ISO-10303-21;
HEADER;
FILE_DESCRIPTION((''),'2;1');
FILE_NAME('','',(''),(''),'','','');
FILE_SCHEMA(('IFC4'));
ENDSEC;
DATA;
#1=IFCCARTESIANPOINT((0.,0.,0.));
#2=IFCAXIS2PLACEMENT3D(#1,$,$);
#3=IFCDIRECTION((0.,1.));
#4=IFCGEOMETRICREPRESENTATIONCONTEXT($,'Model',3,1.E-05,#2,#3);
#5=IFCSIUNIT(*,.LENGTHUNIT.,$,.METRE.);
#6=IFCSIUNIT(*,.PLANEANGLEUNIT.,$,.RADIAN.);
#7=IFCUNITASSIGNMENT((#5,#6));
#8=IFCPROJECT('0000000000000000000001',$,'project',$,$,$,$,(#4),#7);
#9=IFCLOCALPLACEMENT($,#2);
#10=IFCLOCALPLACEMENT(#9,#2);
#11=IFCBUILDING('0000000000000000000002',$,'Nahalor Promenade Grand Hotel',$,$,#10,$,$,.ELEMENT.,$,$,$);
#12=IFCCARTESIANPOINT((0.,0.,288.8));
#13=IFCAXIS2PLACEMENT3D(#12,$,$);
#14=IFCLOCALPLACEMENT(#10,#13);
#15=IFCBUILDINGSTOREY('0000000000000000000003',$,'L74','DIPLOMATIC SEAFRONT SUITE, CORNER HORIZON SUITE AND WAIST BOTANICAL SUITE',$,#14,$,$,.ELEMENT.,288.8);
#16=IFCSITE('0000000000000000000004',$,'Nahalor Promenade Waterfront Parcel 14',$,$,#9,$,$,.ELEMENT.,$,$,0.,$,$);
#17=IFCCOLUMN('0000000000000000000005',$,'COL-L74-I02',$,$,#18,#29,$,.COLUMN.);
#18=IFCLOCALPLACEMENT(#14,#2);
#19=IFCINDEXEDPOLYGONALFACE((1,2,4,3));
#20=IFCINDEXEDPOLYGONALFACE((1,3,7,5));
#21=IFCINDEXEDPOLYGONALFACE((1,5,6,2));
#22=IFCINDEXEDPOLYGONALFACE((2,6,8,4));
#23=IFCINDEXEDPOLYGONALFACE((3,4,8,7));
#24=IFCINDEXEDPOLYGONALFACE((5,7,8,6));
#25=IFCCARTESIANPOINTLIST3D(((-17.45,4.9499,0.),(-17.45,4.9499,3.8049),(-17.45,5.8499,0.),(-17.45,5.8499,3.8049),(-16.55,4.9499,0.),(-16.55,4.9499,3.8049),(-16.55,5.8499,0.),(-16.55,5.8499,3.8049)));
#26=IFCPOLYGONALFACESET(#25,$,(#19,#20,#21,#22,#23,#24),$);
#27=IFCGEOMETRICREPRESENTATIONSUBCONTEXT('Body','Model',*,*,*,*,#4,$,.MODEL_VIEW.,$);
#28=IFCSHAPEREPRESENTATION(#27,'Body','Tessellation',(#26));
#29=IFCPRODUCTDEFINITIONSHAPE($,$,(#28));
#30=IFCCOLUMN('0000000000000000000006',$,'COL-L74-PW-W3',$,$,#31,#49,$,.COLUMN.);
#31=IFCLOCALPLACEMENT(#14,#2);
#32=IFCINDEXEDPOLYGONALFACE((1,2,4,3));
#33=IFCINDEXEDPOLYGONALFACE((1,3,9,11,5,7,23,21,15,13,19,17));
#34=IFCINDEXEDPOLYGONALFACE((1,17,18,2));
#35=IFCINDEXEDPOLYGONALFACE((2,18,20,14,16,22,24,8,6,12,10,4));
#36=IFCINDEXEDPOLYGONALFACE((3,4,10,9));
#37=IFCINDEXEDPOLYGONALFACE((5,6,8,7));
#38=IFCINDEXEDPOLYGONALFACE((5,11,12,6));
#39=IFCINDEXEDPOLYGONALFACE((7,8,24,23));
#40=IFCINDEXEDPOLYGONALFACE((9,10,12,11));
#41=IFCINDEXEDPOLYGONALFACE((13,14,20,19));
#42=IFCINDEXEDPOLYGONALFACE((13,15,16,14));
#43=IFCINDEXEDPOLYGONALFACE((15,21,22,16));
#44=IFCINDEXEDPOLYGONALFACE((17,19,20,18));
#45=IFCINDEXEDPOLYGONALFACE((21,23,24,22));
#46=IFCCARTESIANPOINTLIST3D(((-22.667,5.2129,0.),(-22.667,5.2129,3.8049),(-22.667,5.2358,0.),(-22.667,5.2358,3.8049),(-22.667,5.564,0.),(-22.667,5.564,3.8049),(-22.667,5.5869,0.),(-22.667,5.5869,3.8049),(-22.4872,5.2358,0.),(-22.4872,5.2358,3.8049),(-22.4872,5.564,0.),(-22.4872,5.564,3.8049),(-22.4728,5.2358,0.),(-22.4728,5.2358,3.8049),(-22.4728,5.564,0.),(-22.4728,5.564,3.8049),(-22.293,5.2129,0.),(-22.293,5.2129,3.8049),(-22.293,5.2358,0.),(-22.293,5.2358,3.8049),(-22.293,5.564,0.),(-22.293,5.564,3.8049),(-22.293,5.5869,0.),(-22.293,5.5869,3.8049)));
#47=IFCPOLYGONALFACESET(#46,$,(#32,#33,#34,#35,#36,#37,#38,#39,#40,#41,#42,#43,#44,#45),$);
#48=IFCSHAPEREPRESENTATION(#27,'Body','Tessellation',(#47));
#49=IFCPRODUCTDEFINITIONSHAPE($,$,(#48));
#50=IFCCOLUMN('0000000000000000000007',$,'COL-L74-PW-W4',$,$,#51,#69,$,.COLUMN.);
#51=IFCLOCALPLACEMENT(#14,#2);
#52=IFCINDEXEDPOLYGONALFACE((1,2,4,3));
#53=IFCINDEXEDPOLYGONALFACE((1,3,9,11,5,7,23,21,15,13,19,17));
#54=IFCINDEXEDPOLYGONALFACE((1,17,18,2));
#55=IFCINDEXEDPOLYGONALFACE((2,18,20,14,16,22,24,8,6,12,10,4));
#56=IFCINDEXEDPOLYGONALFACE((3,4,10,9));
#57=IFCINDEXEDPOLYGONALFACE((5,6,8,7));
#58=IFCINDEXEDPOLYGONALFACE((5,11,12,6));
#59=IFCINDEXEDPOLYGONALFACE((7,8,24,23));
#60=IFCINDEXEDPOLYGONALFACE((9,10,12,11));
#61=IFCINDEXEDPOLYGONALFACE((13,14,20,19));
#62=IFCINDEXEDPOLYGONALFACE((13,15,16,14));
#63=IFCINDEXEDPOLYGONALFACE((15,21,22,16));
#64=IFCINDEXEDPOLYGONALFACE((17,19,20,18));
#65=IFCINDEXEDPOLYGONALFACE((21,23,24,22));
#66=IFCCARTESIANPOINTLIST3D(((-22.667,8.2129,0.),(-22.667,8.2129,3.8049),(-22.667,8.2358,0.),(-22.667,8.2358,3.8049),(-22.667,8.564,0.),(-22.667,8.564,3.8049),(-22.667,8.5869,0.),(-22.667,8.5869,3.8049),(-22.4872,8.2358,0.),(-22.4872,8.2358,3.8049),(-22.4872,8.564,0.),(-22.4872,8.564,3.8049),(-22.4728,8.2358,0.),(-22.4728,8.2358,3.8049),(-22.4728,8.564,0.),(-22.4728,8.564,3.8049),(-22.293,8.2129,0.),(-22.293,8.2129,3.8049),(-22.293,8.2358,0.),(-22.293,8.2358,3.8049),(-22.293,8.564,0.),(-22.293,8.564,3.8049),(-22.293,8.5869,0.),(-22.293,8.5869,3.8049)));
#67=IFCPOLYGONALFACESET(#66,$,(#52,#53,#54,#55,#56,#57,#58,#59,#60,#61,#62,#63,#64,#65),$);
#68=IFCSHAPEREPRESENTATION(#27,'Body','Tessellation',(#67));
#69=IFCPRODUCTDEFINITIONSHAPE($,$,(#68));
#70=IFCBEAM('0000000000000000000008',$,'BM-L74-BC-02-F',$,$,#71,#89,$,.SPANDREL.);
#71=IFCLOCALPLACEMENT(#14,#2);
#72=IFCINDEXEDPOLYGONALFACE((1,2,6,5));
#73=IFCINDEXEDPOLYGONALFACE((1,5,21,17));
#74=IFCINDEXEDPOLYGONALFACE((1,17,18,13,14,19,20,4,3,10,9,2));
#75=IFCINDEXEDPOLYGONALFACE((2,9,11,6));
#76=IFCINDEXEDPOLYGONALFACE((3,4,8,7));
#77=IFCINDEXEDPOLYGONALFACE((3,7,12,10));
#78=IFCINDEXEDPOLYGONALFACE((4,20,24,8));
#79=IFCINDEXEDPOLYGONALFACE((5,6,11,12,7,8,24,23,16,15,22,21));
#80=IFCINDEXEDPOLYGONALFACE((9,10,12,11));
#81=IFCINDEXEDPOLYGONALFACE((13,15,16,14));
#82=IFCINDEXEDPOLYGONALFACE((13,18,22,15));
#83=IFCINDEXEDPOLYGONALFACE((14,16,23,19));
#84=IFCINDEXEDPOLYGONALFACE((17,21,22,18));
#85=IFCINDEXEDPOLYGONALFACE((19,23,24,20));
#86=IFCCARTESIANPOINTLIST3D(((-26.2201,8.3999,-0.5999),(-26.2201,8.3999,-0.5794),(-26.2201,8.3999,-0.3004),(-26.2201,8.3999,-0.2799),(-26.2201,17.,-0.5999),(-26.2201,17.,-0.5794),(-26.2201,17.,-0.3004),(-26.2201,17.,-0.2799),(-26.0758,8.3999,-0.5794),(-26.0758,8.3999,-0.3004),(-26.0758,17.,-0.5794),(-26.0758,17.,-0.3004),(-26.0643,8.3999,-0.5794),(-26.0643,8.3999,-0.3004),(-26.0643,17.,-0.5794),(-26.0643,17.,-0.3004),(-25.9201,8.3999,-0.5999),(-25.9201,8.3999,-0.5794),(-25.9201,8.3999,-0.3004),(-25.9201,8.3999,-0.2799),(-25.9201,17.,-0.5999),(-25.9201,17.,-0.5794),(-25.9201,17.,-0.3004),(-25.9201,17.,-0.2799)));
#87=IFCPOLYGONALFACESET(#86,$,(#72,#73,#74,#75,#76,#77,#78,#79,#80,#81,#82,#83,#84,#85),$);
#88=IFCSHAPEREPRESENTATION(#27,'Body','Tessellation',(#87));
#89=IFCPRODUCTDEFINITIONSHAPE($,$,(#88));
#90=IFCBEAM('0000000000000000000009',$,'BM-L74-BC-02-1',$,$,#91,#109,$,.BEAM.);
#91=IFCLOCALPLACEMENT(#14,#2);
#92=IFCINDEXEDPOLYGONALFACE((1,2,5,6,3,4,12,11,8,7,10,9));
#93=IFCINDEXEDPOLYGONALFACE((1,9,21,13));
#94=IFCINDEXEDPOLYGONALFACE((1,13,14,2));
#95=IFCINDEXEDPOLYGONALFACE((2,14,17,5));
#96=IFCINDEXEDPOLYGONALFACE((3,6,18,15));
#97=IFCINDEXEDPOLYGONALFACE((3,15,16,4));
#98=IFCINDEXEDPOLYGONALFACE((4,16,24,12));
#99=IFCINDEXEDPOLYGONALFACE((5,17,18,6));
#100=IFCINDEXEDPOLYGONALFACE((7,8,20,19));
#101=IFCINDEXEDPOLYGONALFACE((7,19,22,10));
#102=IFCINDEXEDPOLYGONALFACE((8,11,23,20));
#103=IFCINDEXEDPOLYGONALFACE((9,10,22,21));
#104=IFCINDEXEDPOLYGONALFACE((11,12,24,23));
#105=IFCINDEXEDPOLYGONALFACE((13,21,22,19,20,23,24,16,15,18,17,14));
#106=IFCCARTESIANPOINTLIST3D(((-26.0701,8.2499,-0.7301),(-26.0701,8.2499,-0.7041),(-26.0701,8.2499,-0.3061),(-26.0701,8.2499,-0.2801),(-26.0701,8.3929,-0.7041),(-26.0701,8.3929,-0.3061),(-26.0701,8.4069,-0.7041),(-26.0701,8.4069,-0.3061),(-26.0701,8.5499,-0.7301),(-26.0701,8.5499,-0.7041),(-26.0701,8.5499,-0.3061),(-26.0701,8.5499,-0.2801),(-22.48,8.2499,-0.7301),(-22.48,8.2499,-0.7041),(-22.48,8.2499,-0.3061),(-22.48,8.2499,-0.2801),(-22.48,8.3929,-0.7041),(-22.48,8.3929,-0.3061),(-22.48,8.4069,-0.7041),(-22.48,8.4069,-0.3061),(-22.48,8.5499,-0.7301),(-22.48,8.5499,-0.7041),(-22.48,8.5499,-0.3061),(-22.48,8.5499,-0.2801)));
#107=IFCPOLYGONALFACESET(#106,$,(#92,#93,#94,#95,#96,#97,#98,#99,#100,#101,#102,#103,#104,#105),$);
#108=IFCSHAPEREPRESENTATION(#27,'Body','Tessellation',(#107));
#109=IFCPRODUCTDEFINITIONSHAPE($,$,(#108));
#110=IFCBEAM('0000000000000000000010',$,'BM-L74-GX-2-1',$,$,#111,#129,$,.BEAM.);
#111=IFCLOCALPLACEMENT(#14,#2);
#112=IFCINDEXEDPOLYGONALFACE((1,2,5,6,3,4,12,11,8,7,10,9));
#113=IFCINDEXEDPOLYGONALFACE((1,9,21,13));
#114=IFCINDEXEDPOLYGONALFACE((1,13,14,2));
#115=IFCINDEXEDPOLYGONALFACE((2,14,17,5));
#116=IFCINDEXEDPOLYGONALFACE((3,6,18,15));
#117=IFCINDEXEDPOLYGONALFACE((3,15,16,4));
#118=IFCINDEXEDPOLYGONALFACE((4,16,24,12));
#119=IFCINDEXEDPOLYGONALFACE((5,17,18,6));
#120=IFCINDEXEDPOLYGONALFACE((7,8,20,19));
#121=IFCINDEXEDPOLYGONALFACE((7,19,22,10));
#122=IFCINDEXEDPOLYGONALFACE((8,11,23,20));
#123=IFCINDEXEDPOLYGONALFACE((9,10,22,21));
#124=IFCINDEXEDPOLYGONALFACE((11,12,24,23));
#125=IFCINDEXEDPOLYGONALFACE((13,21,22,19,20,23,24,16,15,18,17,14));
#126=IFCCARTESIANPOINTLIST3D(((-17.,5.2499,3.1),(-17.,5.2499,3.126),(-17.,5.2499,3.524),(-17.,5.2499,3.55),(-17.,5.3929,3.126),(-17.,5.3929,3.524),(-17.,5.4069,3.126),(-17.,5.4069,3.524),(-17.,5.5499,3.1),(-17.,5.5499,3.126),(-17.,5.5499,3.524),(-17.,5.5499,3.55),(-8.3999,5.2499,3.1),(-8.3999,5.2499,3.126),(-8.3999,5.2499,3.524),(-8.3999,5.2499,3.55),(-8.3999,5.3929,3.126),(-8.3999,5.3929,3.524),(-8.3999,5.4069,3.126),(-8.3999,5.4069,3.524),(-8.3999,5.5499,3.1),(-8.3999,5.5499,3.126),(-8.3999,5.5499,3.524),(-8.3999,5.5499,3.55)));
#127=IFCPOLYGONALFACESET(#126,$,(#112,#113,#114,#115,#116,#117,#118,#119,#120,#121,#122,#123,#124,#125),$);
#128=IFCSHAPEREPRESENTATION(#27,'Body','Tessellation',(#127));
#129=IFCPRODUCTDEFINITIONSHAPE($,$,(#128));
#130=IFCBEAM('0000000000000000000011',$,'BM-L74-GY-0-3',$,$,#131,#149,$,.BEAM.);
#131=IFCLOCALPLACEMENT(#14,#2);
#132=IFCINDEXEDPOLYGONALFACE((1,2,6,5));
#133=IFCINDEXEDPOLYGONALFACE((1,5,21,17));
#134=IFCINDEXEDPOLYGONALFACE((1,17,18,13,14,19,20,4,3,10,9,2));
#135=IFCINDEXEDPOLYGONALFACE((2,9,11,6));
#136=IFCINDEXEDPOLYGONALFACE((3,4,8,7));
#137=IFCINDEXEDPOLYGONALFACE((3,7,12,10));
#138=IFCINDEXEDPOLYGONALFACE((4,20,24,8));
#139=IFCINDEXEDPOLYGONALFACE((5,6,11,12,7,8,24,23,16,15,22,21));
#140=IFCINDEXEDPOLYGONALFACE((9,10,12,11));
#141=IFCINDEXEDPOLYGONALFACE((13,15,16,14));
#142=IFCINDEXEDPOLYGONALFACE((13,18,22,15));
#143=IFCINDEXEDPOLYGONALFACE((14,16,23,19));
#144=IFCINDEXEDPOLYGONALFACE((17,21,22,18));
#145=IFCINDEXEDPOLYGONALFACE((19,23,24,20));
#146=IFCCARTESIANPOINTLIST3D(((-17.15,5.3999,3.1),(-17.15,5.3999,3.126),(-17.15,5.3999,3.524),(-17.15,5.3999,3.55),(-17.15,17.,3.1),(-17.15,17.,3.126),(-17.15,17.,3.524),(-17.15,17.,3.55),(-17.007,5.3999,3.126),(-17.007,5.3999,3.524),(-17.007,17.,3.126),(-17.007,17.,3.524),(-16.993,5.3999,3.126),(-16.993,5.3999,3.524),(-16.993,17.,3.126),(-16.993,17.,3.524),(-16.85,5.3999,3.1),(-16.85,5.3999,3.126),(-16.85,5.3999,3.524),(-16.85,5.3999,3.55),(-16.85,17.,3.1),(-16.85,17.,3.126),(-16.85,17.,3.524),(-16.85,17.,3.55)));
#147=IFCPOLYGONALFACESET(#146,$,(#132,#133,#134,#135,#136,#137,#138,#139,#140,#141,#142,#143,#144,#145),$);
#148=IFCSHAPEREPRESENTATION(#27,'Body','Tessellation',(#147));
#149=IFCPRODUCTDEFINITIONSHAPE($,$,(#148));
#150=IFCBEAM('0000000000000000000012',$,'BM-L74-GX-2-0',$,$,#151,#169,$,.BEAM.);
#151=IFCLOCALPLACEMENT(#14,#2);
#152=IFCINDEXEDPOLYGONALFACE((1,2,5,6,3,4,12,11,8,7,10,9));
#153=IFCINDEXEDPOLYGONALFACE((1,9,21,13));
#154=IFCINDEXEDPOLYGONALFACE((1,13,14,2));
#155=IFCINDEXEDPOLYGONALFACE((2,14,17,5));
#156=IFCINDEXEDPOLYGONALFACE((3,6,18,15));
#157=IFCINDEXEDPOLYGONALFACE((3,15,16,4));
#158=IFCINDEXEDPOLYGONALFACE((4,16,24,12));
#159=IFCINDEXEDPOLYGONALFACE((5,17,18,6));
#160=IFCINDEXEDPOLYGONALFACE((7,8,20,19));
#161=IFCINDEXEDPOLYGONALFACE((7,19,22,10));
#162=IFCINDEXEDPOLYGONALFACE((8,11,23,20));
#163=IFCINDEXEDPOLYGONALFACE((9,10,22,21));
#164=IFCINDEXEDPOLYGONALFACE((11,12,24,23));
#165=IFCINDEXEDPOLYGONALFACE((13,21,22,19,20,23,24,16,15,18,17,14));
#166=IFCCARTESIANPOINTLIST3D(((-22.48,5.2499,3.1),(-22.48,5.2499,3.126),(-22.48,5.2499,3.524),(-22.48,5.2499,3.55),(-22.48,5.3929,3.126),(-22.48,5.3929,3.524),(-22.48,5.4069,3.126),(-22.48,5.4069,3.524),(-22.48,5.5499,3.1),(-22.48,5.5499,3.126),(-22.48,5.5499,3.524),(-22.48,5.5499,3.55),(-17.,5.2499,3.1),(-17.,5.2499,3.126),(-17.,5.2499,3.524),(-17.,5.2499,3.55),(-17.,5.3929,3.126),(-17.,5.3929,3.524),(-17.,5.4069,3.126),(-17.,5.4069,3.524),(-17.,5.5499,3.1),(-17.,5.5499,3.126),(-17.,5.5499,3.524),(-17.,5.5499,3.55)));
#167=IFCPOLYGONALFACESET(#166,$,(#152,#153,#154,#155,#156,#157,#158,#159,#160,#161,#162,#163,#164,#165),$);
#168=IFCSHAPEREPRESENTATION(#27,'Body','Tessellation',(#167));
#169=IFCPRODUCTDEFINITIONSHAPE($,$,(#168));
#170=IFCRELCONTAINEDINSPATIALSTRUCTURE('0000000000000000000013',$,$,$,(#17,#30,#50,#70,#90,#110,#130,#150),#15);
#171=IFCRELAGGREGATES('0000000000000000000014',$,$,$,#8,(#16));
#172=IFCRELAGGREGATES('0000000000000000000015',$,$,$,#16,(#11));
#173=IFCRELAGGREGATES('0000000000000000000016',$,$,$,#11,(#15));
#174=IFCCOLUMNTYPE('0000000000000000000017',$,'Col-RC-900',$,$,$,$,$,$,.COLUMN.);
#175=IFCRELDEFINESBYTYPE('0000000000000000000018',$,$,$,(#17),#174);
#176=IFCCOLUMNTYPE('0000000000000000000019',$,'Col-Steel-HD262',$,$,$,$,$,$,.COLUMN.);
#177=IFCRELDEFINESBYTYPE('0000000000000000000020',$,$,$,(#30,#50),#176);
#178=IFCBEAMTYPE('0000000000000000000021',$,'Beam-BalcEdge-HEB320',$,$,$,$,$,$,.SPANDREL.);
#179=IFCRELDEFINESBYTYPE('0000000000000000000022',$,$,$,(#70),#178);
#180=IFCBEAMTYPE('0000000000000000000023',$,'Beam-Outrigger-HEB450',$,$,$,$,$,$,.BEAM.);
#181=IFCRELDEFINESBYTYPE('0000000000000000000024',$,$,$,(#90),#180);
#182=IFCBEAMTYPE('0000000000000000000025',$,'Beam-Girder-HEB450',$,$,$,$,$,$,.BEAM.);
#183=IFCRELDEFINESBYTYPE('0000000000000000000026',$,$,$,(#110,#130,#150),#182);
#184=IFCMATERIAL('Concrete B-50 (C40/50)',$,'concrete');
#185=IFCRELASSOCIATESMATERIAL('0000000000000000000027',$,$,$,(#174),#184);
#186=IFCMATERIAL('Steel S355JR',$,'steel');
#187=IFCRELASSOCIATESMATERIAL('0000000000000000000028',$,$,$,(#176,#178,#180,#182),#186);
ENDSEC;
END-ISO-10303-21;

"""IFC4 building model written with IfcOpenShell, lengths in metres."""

from ifc_helpers import new_model, si_unit, direction, frame, origin, origin_2d, place, context, subcontext, project, spatial, rectangle, i_section, extrude, source, transform, mapped, material, material_profile, profile_set, type_object, element, save


model = new_model("IFC4")

# Units and contexts
model_context = context("Model", 3, precision=1e-05, world=origin(), true_north=direction((0.0, 1.0)))
body_context = subcontext(model_context, "Body", "Model", "MODEL_VIEW")
ifc_project = project(units=[si_unit("LENGTHUNIT", "METRE"), si_unit("PLANEANGLEUNIT", "RADIAN")], contexts=[model_context])

# Site, building, storey
site_placement = place(None, origin())
site = spatial("IfcSite", under=ifc_project, at=site_placement, Name="Nahalor Promenade Waterfront Parcel 14", CompositionType="ELEMENT", RefElevation=0.0)
building_placement = place(site_placement, origin())
building = spatial("IfcBuilding", under=site, at=building_placement, Name="Nahalor Promenade Grand Hotel", CompositionType="ELEMENT")
storey_placement = place(building_placement, frame((0.0, 0.0, 288.8)))
storey = spatial("IfcBuildingStorey", under=building, at=storey_placement, Name="L74", Description="DIPLOMATIC SEAFRONT SUITE, CORNER HORIZON SUITE AND WAIST BOTANICAL SUITE", CompositionType="ELEMENT", Elevation=288.8)

# Columns
ifc_material_1 = material(Name="Concrete B-50 (C40/50)", Category="concrete")
ifc_material_profile_1 = material_profile(ifc_material_1, rectangle(XDim=0.9, YDim=0.9, at=origin_2d()), Name="RC 900x900")
ifc_profile_set_1 = profile_set([ifc_material_profile_1], Name="Concrete B-50 (C40/50)")
column_type_1 = type_object("IfcColumnType", Name="Col-RC-900", PredefinedType="COLUMN", material=ifc_profile_set_1)
shared_shape_1 = source(origin(), body_context, "Body", "SweptSolid", [
    extrude(rectangle(XDim=0.9, YDim=0.9, at=origin_2d()), origin(), (0.0, 0.0, 1.0), 3.8049),
])
column_placement = place(storey_placement, frame((-17.0, 5.3999, 0.0), z_axis=(0.0, 0.0, 1.0), x_axis=(1.0, 0.0, 0.0)))
element("IfcColumn", 1, at=column_placement, inside=storey, type_object=column_type_1, Name="COL-L74-I02", PredefinedType="COLUMN", context=body_context, shape_type="MappedRepresentation", body=[
    mapped(shared_shape_1, transform((0.0, 0.0, 0.0), scale=1.0)),
])
ifc_material_2 = material(Name="Steel S355JR", Category="steel")
ifc_material_profile_2 = material_profile(ifc_material_2, i_section(OverallWidth=0.374, OverallDepth=0.374, WebThickness=0.0144, FlangeThickness=0.0229, at=origin_2d()), Name="HD 360x262")
ifc_profile_set_2 = profile_set([ifc_material_profile_2], Name="Steel S355JR")
column_type_2 = type_object("IfcColumnType", Name="Col-Steel-HD262", PredefinedType="COLUMN", material=ifc_profile_set_2)
shared_shape_2 = source(origin(), body_context, "Body", "SweptSolid", [
    extrude(i_section(OverallWidth=0.374, OverallDepth=0.374, WebThickness=0.0144, FlangeThickness=0.0229, at=origin_2d()), origin(), (0.0, 0.0, 1.0), 3.8049),
])
for number, where, z_axis, x_axis, name in (
    (2, (-22.48, 5.3999, 0.0), (0.0, 0.0, 1.0), (1.0, 0.0, 0.0), "COL-L74-PW-W3"),
    (3, (-22.48, 8.3999, 0.0), (0.0, 0.0, 1.0), (1.0, 0.0, 0.0), "COL-L74-PW-W4"),
):
    element("IfcColumn", number, at=place(storey_placement, frame(where, z_axis=z_axis, x_axis=x_axis)), inside=storey, type_object=column_type_2, Name=name, PredefinedType="COLUMN", context=body_context, shape_type="MappedRepresentation", body=[
        mapped(shared_shape_2, transform((0.0, 0.0, 0.0), scale=1.0)),
    ])

# Beams
ifc_material_profile_3 = material_profile(ifc_material_2, i_section(OverallWidth=0.3, OverallDepth=0.32, WebThickness=0.0115, FlangeThickness=0.0205, at=origin_2d()), Name="HEB 320")
ifc_profile_set_3 = profile_set([ifc_material_profile_3], Name="Steel S355JR")
beam_type_1 = type_object("IfcBeamType", Name="Beam-BalcEdge-HEB320", PredefinedType="SPANDREL", material=ifc_profile_set_3)
shared_shape_3 = source(origin(), body_context, "Body", "SweptSolid", [
    extrude(i_section(OverallWidth=0.3, OverallDepth=0.32, WebThickness=0.0115, FlangeThickness=0.0205, at=origin_2d()), origin(), (0.0, 0.0, 1.0), 8.6001),
])
beam_1_placement = place(storey_placement, frame((-26.0701, 8.3999, -0.4399), z_axis=(0.0, 1.0, 0.0), x_axis=(-1.0, 0.0, 0.0)))
element("IfcBeam", 4, at=beam_1_placement, inside=storey, type_object=beam_type_1, Name="BM-L74-BC-02-F", PredefinedType="SPANDREL", context=body_context, shape_type="MappedRepresentation", body=[
    mapped(shared_shape_3, transform((0.0, 0.0, 0.0), scale=1.0)),
])
ifc_material_profile_4 = material_profile(ifc_material_2, i_section(OverallWidth=0.3, OverallDepth=0.45, WebThickness=0.014, FlangeThickness=0.026, at=origin_2d()), Name="HEB 450")
ifc_profile_set_4 = profile_set([ifc_material_profile_4], Name="Steel S355JR")
beam_type_2 = type_object("IfcBeamType", Name="Beam-Outrigger-HEB450", PredefinedType="BEAM", material=ifc_profile_set_4)
shared_shape_4 = source(origin(), body_context, "Body", "SweptSolid", [
    extrude(i_section(OverallWidth=0.3, OverallDepth=0.45, WebThickness=0.014, FlangeThickness=0.026, at=origin_2d()), origin(), (0.0, 0.0, 1.0), 3.5901),
])
beam_2_placement = place(storey_placement, frame((-26.0701, 8.3999, -0.5051), z_axis=(1.0, 0.0, 0.0), x_axis=(0.0, 1.0, 0.0)))
element("IfcBeam", 5, at=beam_2_placement, inside=storey, type_object=beam_type_2, Name="BM-L74-BC-02-1", PredefinedType="BEAM", context=body_context, shape_type="MappedRepresentation", body=[
    mapped(shared_shape_4, transform((0.0, 0.0, 0.0), scale=1.0)),
])
ifc_material_profile_5 = material_profile(ifc_material_2, i_section(OverallWidth=0.3, OverallDepth=0.45, WebThickness=0.014, FlangeThickness=0.026, at=origin_2d()), Name="HEB 450")
ifc_profile_set_5 = profile_set([ifc_material_profile_5], Name="Steel S355JR")
beam_type_3 = type_object("IfcBeamType", Name="Beam-Girder-HEB450", PredefinedType="BEAM", material=ifc_profile_set_5)
shared_shape_5 = source(origin(), body_context, "Body", "SweptSolid", [
    extrude(i_section(OverallWidth=0.3, OverallDepth=0.45, WebThickness=0.014, FlangeThickness=0.026, at=origin_2d()), origin(), (0.0, 0.0, 1.0), 8.6001),
])
beam_3_placement = place(storey_placement, frame((-17.0, 5.3999, 3.325), z_axis=(1.0, 0.0, 0.0), x_axis=(0.0, 1.0, 0.0)))
element("IfcBeam", 6, at=beam_3_placement, inside=storey, type_object=beam_type_3, Name="BM-L74-GX-2-1", PredefinedType="BEAM", context=body_context, shape_type="MappedRepresentation", body=[
    mapped(shared_shape_5, transform((0.0, 0.0, 0.0), scale=1.0)),
])
shared_shape_6 = source(origin(), body_context, "Body", "SweptSolid", [
    extrude(i_section(OverallWidth=0.3, OverallDepth=0.45, WebThickness=0.014, FlangeThickness=0.026, at=origin_2d()), origin(), (0.0, 0.0, 1.0), 11.6001),
])
beam_4_placement = place(storey_placement, frame((-17.0, 5.3999, 3.325), z_axis=(0.0, 1.0, 0.0), x_axis=(-1.0, 0.0, 0.0)))
element("IfcBeam", 7, at=beam_4_placement, inside=storey, type_object=beam_type_3, Name="BM-L74-GY-0-3", PredefinedType="BEAM", context=body_context, shape_type="MappedRepresentation", body=[
    mapped(shared_shape_6, transform((0.0, 0.0, 0.0), scale=1.0)),
])
shared_shape_7 = source(origin(), body_context, "Body", "SweptSolid", [
    extrude(i_section(OverallWidth=0.3, OverallDepth=0.45, WebThickness=0.014, FlangeThickness=0.026, at=origin_2d()), origin(), (0.0, 0.0, 1.0), 5.48),
])
beam_5_placement = place(storey_placement, frame((-22.48, 5.3999, 3.325), z_axis=(1.0, 0.0, 0.0), x_axis=(0.0, 1.0, 0.0)))
element("IfcBeam", 8, at=beam_5_placement, inside=storey, type_object=beam_type_3, Name="BM-L74-GX-2-0", PredefinedType="BEAM", context=body_context, shape_type="MappedRepresentation", body=[
    mapped(shared_shape_7, transform((0.0, 0.0, 0.0), scale=1.0)),
])

save(model, "model.ifc")
